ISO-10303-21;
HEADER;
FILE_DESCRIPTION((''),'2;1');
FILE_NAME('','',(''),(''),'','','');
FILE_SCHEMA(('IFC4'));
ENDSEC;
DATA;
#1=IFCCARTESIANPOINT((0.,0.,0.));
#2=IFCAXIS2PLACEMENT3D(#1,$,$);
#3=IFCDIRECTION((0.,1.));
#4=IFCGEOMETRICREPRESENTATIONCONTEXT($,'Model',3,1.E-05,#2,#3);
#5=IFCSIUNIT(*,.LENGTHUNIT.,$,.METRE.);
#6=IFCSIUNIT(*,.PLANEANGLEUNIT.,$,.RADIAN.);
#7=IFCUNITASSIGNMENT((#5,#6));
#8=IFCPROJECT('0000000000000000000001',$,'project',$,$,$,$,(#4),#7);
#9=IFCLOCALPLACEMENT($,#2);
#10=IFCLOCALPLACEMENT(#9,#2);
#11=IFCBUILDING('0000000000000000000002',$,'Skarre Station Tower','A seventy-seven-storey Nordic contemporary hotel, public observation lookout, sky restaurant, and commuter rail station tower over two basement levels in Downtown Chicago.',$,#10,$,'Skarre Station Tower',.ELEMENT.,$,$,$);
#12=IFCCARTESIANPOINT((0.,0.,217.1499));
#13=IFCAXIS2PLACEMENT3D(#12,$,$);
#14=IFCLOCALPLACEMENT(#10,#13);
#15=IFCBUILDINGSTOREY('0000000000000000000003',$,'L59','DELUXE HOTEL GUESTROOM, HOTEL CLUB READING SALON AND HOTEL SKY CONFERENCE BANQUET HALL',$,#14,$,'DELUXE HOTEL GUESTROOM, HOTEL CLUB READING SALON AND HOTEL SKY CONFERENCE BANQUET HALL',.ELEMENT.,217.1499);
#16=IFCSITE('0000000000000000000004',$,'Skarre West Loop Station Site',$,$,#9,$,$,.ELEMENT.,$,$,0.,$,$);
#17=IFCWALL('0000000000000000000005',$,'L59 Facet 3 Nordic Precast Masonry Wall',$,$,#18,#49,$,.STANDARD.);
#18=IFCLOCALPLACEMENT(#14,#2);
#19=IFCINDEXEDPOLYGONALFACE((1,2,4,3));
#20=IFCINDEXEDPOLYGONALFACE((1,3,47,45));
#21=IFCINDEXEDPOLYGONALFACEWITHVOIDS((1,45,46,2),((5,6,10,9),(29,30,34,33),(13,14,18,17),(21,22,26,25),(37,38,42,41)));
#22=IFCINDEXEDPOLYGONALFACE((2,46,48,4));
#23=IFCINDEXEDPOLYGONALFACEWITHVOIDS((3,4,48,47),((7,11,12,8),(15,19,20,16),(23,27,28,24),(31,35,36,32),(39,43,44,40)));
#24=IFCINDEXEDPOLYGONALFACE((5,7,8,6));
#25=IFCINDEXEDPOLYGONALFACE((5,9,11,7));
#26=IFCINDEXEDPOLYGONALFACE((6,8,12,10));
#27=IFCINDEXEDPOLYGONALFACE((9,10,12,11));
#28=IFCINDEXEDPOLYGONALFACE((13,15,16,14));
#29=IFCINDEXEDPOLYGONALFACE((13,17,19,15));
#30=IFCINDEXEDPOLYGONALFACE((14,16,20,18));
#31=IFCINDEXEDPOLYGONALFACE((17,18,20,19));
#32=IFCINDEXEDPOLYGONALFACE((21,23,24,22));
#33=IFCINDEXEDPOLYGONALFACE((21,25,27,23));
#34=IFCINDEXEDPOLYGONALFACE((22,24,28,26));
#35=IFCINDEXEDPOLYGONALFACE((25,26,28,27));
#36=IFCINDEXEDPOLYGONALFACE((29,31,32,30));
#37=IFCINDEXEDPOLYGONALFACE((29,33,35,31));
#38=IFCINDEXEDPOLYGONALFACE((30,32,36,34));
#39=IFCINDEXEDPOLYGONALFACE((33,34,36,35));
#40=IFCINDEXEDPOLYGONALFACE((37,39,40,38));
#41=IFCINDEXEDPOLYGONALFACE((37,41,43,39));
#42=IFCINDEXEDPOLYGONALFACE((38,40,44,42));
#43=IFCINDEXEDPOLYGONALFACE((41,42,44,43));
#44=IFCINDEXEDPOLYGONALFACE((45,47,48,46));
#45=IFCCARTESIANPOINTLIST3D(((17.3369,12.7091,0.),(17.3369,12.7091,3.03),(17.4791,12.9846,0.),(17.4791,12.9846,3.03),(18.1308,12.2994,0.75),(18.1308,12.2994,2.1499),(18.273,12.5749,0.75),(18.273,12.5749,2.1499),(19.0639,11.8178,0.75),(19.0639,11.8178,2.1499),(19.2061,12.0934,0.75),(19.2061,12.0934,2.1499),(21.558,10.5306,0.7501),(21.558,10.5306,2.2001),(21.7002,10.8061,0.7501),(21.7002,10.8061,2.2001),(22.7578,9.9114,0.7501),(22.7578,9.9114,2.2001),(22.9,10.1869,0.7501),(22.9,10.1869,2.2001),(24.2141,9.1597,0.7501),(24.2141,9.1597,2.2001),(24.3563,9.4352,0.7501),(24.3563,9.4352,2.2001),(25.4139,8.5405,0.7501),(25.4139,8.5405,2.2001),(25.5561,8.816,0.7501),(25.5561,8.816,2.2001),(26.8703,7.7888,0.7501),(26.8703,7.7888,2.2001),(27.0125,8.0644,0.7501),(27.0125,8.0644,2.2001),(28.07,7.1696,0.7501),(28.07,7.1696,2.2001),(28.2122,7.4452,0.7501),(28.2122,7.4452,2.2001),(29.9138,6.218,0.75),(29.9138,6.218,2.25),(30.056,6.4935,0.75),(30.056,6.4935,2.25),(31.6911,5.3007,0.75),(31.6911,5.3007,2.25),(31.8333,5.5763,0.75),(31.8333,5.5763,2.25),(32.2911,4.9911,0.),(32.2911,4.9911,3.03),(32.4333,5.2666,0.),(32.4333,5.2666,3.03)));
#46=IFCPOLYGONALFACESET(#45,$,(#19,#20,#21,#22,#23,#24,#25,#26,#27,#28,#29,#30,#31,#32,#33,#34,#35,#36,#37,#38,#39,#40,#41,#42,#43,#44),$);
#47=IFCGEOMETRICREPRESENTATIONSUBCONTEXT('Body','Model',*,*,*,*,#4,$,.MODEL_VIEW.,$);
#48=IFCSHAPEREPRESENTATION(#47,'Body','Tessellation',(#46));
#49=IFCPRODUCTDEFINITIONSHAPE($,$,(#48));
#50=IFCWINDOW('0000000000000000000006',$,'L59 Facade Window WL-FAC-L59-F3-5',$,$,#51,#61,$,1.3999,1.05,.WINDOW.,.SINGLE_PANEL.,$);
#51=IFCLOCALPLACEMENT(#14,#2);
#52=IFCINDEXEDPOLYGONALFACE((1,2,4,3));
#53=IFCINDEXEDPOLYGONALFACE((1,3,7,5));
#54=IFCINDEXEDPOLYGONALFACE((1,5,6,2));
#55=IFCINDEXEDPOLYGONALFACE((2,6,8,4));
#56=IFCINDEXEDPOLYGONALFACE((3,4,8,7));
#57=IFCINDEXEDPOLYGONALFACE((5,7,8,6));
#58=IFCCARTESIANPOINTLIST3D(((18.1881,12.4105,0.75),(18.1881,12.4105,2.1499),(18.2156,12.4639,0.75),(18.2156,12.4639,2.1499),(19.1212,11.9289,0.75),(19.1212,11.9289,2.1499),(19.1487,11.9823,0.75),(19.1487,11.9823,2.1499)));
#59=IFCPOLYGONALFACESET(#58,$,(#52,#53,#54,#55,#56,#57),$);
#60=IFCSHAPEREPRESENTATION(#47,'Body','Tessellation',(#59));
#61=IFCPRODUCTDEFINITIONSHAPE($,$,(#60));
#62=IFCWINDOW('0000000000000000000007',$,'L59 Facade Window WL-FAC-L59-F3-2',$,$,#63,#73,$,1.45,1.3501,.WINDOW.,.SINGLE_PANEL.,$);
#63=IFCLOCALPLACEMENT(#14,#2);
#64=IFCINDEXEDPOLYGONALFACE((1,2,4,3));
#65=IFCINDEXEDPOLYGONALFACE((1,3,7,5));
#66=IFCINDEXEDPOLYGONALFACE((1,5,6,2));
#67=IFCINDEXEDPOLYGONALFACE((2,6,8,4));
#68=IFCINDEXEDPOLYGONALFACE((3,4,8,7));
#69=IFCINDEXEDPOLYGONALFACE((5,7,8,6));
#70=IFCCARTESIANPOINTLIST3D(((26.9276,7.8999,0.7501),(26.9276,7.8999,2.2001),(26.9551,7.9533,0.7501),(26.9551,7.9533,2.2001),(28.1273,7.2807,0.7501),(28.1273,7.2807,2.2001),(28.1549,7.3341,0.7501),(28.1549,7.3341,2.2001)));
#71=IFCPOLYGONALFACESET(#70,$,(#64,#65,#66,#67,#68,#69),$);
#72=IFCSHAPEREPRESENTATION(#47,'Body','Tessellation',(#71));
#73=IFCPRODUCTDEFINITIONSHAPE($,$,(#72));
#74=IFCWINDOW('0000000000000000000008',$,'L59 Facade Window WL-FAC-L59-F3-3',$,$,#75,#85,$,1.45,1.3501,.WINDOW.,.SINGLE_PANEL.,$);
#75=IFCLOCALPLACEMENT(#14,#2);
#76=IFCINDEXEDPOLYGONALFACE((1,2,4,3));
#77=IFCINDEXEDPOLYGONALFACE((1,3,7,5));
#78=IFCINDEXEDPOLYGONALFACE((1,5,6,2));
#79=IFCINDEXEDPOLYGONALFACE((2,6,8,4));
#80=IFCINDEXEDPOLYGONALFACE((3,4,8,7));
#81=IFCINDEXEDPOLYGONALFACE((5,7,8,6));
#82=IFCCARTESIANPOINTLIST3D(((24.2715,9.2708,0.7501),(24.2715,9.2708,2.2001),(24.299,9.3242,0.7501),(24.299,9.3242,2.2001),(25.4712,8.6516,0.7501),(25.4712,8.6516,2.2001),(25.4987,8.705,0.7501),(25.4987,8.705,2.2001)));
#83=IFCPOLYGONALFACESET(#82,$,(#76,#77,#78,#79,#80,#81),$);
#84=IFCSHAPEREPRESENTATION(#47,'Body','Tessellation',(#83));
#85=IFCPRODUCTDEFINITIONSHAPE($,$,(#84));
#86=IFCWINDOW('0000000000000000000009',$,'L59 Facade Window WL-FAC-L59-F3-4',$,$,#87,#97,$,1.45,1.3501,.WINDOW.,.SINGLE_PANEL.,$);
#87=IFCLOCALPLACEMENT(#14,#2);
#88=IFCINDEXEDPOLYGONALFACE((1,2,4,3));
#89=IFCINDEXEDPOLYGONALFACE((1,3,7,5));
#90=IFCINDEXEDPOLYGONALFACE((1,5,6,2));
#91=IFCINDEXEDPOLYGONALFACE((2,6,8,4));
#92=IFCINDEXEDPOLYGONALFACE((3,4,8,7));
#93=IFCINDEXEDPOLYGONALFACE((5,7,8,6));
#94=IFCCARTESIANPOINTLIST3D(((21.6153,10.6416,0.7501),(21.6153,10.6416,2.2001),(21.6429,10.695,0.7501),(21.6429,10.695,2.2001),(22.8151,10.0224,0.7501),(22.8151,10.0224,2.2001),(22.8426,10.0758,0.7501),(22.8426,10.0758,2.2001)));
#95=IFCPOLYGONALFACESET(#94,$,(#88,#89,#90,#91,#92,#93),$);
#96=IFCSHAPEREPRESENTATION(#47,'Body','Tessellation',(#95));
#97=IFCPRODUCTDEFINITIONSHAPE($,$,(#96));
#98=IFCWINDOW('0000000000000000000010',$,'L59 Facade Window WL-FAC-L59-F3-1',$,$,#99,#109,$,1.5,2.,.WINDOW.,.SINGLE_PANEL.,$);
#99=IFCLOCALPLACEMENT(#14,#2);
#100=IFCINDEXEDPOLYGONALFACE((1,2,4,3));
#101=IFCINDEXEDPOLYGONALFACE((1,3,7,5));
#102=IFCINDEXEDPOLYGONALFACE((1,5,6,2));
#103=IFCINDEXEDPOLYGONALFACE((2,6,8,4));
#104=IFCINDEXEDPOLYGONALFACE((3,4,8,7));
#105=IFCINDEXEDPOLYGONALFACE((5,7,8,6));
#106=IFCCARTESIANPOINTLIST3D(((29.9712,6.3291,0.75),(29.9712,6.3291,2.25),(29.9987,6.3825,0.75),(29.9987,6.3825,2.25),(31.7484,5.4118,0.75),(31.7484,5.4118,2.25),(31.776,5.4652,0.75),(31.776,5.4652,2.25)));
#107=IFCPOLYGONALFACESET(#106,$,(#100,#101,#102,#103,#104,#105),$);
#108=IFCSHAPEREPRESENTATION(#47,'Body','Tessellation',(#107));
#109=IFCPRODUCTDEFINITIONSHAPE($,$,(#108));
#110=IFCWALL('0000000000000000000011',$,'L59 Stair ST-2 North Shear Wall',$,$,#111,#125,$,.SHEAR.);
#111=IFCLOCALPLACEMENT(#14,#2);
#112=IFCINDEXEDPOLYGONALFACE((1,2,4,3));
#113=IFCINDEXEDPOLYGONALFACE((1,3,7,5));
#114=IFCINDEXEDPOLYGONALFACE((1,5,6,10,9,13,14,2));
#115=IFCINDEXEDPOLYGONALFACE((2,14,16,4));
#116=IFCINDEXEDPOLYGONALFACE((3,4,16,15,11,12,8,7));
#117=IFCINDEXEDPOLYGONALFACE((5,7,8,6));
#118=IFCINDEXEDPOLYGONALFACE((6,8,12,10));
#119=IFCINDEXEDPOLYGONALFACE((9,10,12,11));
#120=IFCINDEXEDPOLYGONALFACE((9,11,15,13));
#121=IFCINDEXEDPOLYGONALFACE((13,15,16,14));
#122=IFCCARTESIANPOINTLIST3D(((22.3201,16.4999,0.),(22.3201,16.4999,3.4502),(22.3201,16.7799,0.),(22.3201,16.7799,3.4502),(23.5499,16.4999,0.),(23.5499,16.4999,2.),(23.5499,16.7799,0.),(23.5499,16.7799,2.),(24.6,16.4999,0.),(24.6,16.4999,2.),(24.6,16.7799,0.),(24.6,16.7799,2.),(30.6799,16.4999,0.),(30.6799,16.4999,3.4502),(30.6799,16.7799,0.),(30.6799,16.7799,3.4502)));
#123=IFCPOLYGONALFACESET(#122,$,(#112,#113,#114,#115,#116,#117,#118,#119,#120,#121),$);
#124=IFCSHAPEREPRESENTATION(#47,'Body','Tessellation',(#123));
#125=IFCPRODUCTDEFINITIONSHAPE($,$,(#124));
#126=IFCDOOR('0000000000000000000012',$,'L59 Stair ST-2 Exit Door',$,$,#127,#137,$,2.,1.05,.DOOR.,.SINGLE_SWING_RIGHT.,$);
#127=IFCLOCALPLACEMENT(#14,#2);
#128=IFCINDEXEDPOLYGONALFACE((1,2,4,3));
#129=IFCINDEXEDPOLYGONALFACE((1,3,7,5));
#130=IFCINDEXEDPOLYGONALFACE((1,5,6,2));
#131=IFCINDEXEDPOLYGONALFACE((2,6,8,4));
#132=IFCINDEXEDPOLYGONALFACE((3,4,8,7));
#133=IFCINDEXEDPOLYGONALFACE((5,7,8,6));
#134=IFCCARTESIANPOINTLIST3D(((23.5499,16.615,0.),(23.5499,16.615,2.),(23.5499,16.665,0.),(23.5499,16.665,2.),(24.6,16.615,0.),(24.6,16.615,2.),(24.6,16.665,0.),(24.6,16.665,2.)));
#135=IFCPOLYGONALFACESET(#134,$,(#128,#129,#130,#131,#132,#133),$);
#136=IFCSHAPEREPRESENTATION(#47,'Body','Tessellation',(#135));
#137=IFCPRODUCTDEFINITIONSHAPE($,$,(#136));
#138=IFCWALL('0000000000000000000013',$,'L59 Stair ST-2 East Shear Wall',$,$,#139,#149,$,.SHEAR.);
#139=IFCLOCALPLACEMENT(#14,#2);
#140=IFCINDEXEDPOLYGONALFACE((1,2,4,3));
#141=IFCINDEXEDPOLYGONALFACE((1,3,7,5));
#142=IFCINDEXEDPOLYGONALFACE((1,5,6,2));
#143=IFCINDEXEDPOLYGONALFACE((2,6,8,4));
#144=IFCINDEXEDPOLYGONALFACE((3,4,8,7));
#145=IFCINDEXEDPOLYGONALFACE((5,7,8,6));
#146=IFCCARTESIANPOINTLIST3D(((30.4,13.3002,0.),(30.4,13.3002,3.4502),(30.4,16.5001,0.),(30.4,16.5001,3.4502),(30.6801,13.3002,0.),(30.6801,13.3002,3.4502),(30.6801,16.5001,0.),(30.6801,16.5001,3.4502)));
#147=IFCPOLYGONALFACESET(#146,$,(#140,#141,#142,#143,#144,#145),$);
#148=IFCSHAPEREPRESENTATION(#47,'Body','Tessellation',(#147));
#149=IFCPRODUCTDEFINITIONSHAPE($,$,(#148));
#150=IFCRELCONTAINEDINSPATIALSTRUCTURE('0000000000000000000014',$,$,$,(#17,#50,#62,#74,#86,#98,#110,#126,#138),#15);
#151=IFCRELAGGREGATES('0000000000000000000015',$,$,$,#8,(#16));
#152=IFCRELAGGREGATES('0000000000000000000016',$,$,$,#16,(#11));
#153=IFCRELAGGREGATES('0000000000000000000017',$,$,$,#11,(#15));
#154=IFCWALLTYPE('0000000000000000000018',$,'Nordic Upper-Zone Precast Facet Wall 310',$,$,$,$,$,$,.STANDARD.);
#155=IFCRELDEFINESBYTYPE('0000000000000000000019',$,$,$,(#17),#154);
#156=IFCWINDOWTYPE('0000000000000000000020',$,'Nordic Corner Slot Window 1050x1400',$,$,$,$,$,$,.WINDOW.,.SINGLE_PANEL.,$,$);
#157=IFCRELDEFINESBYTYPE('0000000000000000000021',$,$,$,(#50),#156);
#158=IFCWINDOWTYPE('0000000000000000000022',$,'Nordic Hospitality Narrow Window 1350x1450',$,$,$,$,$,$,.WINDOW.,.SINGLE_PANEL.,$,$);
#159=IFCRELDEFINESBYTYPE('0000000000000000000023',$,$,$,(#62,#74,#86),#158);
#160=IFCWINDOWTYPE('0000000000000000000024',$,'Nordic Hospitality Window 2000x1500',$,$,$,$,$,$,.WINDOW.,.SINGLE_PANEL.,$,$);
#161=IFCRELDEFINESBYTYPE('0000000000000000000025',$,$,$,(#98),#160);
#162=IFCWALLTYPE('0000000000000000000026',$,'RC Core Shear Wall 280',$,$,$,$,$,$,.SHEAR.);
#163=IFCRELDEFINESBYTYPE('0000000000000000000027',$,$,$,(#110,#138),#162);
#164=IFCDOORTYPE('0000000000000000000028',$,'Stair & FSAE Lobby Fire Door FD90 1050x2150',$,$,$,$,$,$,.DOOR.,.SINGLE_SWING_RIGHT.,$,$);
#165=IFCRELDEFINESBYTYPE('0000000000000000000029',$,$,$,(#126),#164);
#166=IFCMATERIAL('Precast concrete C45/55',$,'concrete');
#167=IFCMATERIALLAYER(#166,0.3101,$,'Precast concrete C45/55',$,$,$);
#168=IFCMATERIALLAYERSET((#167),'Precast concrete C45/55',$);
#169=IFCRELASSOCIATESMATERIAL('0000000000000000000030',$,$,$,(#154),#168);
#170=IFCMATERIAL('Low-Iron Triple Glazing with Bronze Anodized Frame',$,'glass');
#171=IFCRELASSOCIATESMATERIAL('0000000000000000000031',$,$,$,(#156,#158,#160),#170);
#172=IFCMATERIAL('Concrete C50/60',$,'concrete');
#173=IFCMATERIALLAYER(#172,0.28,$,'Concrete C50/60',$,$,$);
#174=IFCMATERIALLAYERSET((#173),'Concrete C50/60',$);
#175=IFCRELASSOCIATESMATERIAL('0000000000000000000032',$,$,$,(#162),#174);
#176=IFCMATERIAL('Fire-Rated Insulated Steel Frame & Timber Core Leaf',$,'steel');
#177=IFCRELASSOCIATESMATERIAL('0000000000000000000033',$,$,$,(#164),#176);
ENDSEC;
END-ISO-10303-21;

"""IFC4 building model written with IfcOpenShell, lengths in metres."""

from ifc_helpers import new_model, si_unit, direction, frame, frame_2d, origin, place, context, subcontext, project, spatial, rectangle, extrude, material, layer, layer_set, type_object, element, fill, save


model = new_model("IFC4")

# Units and contexts
model_context = context("Model", 3, precision=1e-05, world=origin(), true_north=direction((0.0, 1.0)))
body_context = subcontext(model_context, "Body", "Model", "MODEL_VIEW")
ifc_project = project(units=[si_unit("LENGTHUNIT", "METRE"), si_unit("PLANEANGLEUNIT", "RADIAN")], contexts=[model_context])

# Site, building, storey
site_placement = place(None, origin())
site = spatial("IfcSite", under=ifc_project, at=site_placement, Name="Skarre West Loop Station Site", CompositionType="ELEMENT", RefElevation=0.0)
building_placement = place(site_placement, origin())
building = spatial("IfcBuilding", under=site, at=building_placement, Name="Skarre Station Tower", Description="A seventy-seven-storey Nordic contemporary hotel, public observation lookout, sky restaurant, and commuter rail station tower over two basement levels in Downtown Chicago.", LongName="Skarre Station Tower", CompositionType="ELEMENT")
storey_placement = place(building_placement, frame((0.0, 0.0, 217.1499)))
storey = spatial("IfcBuildingStorey", under=building, at=storey_placement, Name="L59", Description="DELUXE HOTEL GUESTROOM, HOTEL CLUB READING SALON AND HOTEL SKY CONFERENCE BANQUET HALL", LongName="DELUXE HOTEL GUESTROOM, HOTEL CLUB READING SALON AND HOTEL SKY CONFERENCE BANQUET HALL", CompositionType="ELEMENT", Elevation=217.1499)

# Shared definitions
ifc_material_1 = material(Name="Concrete C50/60", Category="concrete")

# Shared definitions
ifc_material_2 = material(Name="Precast concrete C45/55", Category="concrete")

# Wall, openings, windows
ifc_layer_1 = layer(ifc_material_2, 0.3101, Name="Precast concrete C45/55")
ifc_layer_set_1 = layer_set([ifc_layer_1], Name="Precast concrete C45/55")
wall_type_1 = type_object("IfcWallType", Name="Nordic Upper-Zone Precast Facet Wall 310", PredefinedType="STANDARD", material=ifc_layer_set_1)
wall_1_placement = place(storey_placement, frame((32.3621, 5.1289, 0.0), z_axis=(0.0, 0.0, 1.0), x_axis=(-0.888626, 0.458632, 0.0)))
wall_1 = element("IfcWall", 1, at=wall_1_placement, inside=storey, type_object=wall_type_1, Name="L59 Facet 3 Nordic Precast Masonry Wall", PredefinedType="STANDARD", context=body_context, shape_type="SweptSolid", body=[
    extrude(rectangle(XDim=16.8284, YDim=0.3101, at=frame_2d((8.4141, 0.0))), origin(), (0.0, 0.0, 1.0), 3.03),
])
opening_1_placement = place(wall_1_placement, frame((0.675, 0.0, 0.75)))
opening_1 = element("IfcOpeningElement", 2, at=opening_1_placement, cuts=wall_1, PredefinedType="OPENING", context=body_context, shape_type="SweptSolid", body=[
    extrude(rectangle(XDim=2.0, YDim=1.5, at=frame_2d((1.0, 0.75))), frame((0.0, 0.165, 0.0), z_axis=(0.0, -1.0, 0.0), x_axis=(1.0, 0.0, 0.0)), (0.0, 0.0, 1.0), 0.3301),
])
opening_2_placement = place(wall_1_placement, frame((4.75, 0.0, 0.75)))
opening_2 = element("IfcOpeningElement", 3, at=opening_2_placement, cuts=wall_1, PredefinedType="OPENING", context=body_context, shape_type="SweptSolid", body=[
    extrude(rectangle(XDim=1.3501, YDim=1.45, at=frame_2d((0.675, 0.7251))), frame((0.0, 0.165, 0.0), z_axis=(0.0, -1.0, 0.0), x_axis=(1.0, 0.0, 0.0)), (0.0, 0.0, 1.0), 0.3301),
])
opening_3_placement = place(wall_1_placement, frame((7.739, 0.0, 0.75)))
opening_3 = element("IfcOpeningElement", 4, at=opening_3_placement, cuts=wall_1, PredefinedType="OPENING", context=body_context, shape_type="SweptSolid", body=[
    extrude(rectangle(XDim=1.3501, YDim=1.45, at=frame_2d((0.675, 0.7251))), frame((0.0, 0.165, 0.0), z_axis=(0.0, -1.0, 0.0), x_axis=(1.0, 0.0, 0.0)), (0.0, 0.0, 1.0), 0.3301),
])
opening_4_placement = place(wall_1_placement, frame((10.728, 0.0, 0.75)))
opening_4 = element("IfcOpeningElement", 5, at=opening_4_placement, cuts=wall_1, PredefinedType="OPENING", context=body_context, shape_type="SweptSolid", body=[
    extrude(rectangle(XDim=1.3501, YDim=1.45, at=frame_2d((0.675, 0.7251))), frame((0.0, 0.165, 0.0), z_axis=(0.0, -1.0, 0.0), x_axis=(1.0, 0.0, 0.0)), (0.0, 0.0, 1.0), 0.3301),
])
opening_5_placement = place(wall_1_placement, frame((14.885, 0.0, 0.75)))
opening_5 = element("IfcOpeningElement", 6, at=opening_5_placement, cuts=wall_1, PredefinedType="OPENING", context=body_context, shape_type="SweptSolid", body=[
    extrude(rectangle(XDim=1.05, YDim=1.3999, at=frame_2d((0.5249, 0.7))), frame((0.0, 0.165, 0.0), z_axis=(0.0, -1.0, 0.0), x_axis=(1.0, 0.0, 0.0)), (0.0, 0.0, 1.0), 0.3301),
])
ifc_material_3 = material(Name="Low-Iron Triple Glazing with Bronze Anodized Frame", Category="glass")
window_type_1 = type_object("IfcWindowType", Name="Nordic Corner Slot Window 1050x1400", PartitioningType="SINGLE_PANEL", PredefinedType="WINDOW", material=ifc_material_3)
window_1_placement = place(opening_5_placement, origin())
window_1 = element("IfcWindow", 7, at=window_1_placement, inside=storey, type_object=window_type_1, Name="L59 Facade Window WL-FAC-L59-F3-5", OverallHeight=1.3999, OverallWidth=1.05, PartitioningType="SINGLE_PANEL", PredefinedType="WINDOW", context=body_context, shape_type="SweptSolid", body=[
    extrude(rectangle(XDim=1.05, YDim=1.3999, at=frame_2d((0.5249, 0.7))), frame((0.0, 0.03, 0.0), z_axis=(0.0, -1.0, 0.0), x_axis=(1.0, 0.0, 0.0)), (0.0, 0.0, 1.0), 0.0601),
])
fill(opening_5, window_1)
window_type_2 = type_object("IfcWindowType", Name="Nordic Hospitality Narrow Window 1350x1450", PartitioningType="SINGLE_PANEL", PredefinedType="WINDOW", material=ifc_material_3)
window_2_placement = place(opening_2_placement, origin())
window_2 = element("IfcWindow", 8, at=window_2_placement, inside=storey, type_object=window_type_2, Name="L59 Facade Window WL-FAC-L59-F3-2", OverallHeight=1.45, OverallWidth=1.3501, PartitioningType="SINGLE_PANEL", PredefinedType="WINDOW", context=body_context, shape_type="SweptSolid", body=[
    extrude(rectangle(XDim=1.3501, YDim=1.45, at=frame_2d((0.675, 0.7251))), frame((0.0, 0.03, 0.0), z_axis=(0.0, -1.0, 0.0), x_axis=(1.0, 0.0, 0.0)), (0.0, 0.0, 1.0), 0.0601),
])
fill(opening_2, window_2)
window_3_placement = place(opening_3_placement, origin())
window_3 = element("IfcWindow", 9, at=window_3_placement, inside=storey, type_object=window_type_2, Name="L59 Facade Window WL-FAC-L59-F3-3", OverallHeight=1.45, OverallWidth=1.3501, PartitioningType="SINGLE_PANEL", PredefinedType="WINDOW", context=body_context, shape_type="SweptSolid", body=[
    extrude(rectangle(XDim=1.3501, YDim=1.45, at=frame_2d((0.675, 0.7251))), frame((0.0, 0.03, 0.0), z_axis=(0.0, -1.0, 0.0), x_axis=(1.0, 0.0, 0.0)), (0.0, 0.0, 1.0), 0.0601),
])
fill(opening_3, window_3)
window_4_placement = place(opening_4_placement, origin())
window_4 = element("IfcWindow", 10, at=window_4_placement, inside=storey, type_object=window_type_2, Name="L59 Facade Window WL-FAC-L59-F3-4", OverallHeight=1.45, OverallWidth=1.3501, PartitioningType="SINGLE_PANEL", PredefinedType="WINDOW", context=body_context, shape_type="SweptSolid", body=[
    extrude(rectangle(XDim=1.3501, YDim=1.45, at=frame_2d((0.675, 0.7251))), frame((0.0, 0.03, 0.0), z_axis=(0.0, -1.0, 0.0), x_axis=(1.0, 0.0, 0.0)), (0.0, 0.0, 1.0), 0.0601),
])
fill(opening_4, window_4)
window_type_3 = type_object("IfcWindowType", Name="Nordic Hospitality Window 2000x1500", PartitioningType="SINGLE_PANEL", PredefinedType="WINDOW", material=ifc_material_3)
window_5_placement = place(opening_1_placement, origin())
window_5 = element("IfcWindow", 11, at=window_5_placement, inside=storey, type_object=window_type_3, Name="L59 Facade Window WL-FAC-L59-F3-1", OverallHeight=1.5, OverallWidth=2.0, PartitioningType="SINGLE_PANEL", PredefinedType="WINDOW", context=body_context, shape_type="SweptSolid", body=[
    extrude(rectangle(XDim=2.0, YDim=1.5, at=frame_2d((1.0, 0.75))), frame((0.0, 0.03, 0.0), z_axis=(0.0, -1.0, 0.0), x_axis=(1.0, 0.0, 0.0)), (0.0, 0.0, 1.0), 0.0601),
])
fill(opening_1, window_5)

# Wall, opening, door
ifc_layer_2 = layer(ifc_material_1, 0.28, Name="Concrete C50/60")
ifc_layer_set_2 = layer_set([ifc_layer_2], Name="Concrete C50/60")
wall_type_2 = type_object("IfcWallType", Name="RC Core Shear Wall 280", PredefinedType="SHEAR", material=ifc_layer_set_2)
wall_2_placement = place(storey_placement, frame((30.6799, 16.6399, 0.0), z_axis=(0.0, 0.0, 1.0), x_axis=(-1.0, 0.0, 0.0)))
wall_2 = element("IfcWall", 12, at=wall_2_placement, inside=storey, type_object=wall_type_2, Name="L59 Stair ST-2 North Shear Wall", PredefinedType="SHEAR", context=body_context, shape_type="SweptSolid", body=[
    extrude(rectangle(XDim=8.3599, YDim=0.28, at=frame_2d((4.1799, 0.0))), origin(), (0.0, 0.0, 1.0), 3.4502),
])
opening_6_placement = place(wall_2_placement, frame((6.0801, 0.0, 0.0)))
opening_6 = element("IfcOpeningElement", 13, at=opening_6_placement, cuts=wall_2, PredefinedType="OPENING", context=body_context, shape_type="SweptSolid", body=[
    extrude(rectangle(XDim=1.05, YDim=2.0, at=frame_2d((0.5249, 1.0))), frame((0.0, 0.1499, 0.0), z_axis=(0.0, -1.0, 0.0), x_axis=(1.0, 0.0, 0.0)), (0.0, 0.0, 1.0), 0.3),
])
ifc_material_4 = material(Name="Fire-Rated Insulated Steel Frame & Timber Core Leaf", Category="steel")
door_type_1 = type_object("IfcDoorType", Name="Stair & FSAE Lobby Fire Door FD90 1050x2150", OperationType="SINGLE_SWING_RIGHT", PredefinedType="DOOR", material=ifc_material_4)
door_1_placement = place(opening_6_placement, origin())
door_1 = element("IfcDoor", 14, at=door_1_placement, inside=storey, type_object=door_type_1, Name="L59 Stair ST-2 Exit Door", OperationType="SINGLE_SWING_RIGHT", OverallHeight=2.0, OverallWidth=1.05, PredefinedType="DOOR", context=body_context, shape_type="SweptSolid", body=[
    extrude(rectangle(XDim=1.05, YDim=2.0, at=frame_2d((0.5249, 1.0))), frame((0.0, 0.0249, 0.0), z_axis=(0.0, -1.0, 0.0), x_axis=(1.0, 0.0, 0.0)), (0.0, 0.0, 1.0), 0.05),
])
fill(opening_6, door_1)

# Wall
wall_3_placement = place(storey_placement, frame((30.54, 13.3, 0.0), z_axis=(0.0, 0.0, 1.0), x_axis=(0.0, 1.0, 0.0)))
element("IfcWall", 15, at=wall_3_placement, inside=storey, type_object=wall_type_2, Name="L59 Stair ST-2 East Shear Wall", PredefinedType="SHEAR", context=body_context, shape_type="SweptSolid", body=[
    extrude(rectangle(XDim=3.2, YDim=0.28, at=frame_2d((1.6001, 0.0))), origin(), (0.0, 0.0, 1.0), 3.4502),
])

save(model, "model.ifc")
